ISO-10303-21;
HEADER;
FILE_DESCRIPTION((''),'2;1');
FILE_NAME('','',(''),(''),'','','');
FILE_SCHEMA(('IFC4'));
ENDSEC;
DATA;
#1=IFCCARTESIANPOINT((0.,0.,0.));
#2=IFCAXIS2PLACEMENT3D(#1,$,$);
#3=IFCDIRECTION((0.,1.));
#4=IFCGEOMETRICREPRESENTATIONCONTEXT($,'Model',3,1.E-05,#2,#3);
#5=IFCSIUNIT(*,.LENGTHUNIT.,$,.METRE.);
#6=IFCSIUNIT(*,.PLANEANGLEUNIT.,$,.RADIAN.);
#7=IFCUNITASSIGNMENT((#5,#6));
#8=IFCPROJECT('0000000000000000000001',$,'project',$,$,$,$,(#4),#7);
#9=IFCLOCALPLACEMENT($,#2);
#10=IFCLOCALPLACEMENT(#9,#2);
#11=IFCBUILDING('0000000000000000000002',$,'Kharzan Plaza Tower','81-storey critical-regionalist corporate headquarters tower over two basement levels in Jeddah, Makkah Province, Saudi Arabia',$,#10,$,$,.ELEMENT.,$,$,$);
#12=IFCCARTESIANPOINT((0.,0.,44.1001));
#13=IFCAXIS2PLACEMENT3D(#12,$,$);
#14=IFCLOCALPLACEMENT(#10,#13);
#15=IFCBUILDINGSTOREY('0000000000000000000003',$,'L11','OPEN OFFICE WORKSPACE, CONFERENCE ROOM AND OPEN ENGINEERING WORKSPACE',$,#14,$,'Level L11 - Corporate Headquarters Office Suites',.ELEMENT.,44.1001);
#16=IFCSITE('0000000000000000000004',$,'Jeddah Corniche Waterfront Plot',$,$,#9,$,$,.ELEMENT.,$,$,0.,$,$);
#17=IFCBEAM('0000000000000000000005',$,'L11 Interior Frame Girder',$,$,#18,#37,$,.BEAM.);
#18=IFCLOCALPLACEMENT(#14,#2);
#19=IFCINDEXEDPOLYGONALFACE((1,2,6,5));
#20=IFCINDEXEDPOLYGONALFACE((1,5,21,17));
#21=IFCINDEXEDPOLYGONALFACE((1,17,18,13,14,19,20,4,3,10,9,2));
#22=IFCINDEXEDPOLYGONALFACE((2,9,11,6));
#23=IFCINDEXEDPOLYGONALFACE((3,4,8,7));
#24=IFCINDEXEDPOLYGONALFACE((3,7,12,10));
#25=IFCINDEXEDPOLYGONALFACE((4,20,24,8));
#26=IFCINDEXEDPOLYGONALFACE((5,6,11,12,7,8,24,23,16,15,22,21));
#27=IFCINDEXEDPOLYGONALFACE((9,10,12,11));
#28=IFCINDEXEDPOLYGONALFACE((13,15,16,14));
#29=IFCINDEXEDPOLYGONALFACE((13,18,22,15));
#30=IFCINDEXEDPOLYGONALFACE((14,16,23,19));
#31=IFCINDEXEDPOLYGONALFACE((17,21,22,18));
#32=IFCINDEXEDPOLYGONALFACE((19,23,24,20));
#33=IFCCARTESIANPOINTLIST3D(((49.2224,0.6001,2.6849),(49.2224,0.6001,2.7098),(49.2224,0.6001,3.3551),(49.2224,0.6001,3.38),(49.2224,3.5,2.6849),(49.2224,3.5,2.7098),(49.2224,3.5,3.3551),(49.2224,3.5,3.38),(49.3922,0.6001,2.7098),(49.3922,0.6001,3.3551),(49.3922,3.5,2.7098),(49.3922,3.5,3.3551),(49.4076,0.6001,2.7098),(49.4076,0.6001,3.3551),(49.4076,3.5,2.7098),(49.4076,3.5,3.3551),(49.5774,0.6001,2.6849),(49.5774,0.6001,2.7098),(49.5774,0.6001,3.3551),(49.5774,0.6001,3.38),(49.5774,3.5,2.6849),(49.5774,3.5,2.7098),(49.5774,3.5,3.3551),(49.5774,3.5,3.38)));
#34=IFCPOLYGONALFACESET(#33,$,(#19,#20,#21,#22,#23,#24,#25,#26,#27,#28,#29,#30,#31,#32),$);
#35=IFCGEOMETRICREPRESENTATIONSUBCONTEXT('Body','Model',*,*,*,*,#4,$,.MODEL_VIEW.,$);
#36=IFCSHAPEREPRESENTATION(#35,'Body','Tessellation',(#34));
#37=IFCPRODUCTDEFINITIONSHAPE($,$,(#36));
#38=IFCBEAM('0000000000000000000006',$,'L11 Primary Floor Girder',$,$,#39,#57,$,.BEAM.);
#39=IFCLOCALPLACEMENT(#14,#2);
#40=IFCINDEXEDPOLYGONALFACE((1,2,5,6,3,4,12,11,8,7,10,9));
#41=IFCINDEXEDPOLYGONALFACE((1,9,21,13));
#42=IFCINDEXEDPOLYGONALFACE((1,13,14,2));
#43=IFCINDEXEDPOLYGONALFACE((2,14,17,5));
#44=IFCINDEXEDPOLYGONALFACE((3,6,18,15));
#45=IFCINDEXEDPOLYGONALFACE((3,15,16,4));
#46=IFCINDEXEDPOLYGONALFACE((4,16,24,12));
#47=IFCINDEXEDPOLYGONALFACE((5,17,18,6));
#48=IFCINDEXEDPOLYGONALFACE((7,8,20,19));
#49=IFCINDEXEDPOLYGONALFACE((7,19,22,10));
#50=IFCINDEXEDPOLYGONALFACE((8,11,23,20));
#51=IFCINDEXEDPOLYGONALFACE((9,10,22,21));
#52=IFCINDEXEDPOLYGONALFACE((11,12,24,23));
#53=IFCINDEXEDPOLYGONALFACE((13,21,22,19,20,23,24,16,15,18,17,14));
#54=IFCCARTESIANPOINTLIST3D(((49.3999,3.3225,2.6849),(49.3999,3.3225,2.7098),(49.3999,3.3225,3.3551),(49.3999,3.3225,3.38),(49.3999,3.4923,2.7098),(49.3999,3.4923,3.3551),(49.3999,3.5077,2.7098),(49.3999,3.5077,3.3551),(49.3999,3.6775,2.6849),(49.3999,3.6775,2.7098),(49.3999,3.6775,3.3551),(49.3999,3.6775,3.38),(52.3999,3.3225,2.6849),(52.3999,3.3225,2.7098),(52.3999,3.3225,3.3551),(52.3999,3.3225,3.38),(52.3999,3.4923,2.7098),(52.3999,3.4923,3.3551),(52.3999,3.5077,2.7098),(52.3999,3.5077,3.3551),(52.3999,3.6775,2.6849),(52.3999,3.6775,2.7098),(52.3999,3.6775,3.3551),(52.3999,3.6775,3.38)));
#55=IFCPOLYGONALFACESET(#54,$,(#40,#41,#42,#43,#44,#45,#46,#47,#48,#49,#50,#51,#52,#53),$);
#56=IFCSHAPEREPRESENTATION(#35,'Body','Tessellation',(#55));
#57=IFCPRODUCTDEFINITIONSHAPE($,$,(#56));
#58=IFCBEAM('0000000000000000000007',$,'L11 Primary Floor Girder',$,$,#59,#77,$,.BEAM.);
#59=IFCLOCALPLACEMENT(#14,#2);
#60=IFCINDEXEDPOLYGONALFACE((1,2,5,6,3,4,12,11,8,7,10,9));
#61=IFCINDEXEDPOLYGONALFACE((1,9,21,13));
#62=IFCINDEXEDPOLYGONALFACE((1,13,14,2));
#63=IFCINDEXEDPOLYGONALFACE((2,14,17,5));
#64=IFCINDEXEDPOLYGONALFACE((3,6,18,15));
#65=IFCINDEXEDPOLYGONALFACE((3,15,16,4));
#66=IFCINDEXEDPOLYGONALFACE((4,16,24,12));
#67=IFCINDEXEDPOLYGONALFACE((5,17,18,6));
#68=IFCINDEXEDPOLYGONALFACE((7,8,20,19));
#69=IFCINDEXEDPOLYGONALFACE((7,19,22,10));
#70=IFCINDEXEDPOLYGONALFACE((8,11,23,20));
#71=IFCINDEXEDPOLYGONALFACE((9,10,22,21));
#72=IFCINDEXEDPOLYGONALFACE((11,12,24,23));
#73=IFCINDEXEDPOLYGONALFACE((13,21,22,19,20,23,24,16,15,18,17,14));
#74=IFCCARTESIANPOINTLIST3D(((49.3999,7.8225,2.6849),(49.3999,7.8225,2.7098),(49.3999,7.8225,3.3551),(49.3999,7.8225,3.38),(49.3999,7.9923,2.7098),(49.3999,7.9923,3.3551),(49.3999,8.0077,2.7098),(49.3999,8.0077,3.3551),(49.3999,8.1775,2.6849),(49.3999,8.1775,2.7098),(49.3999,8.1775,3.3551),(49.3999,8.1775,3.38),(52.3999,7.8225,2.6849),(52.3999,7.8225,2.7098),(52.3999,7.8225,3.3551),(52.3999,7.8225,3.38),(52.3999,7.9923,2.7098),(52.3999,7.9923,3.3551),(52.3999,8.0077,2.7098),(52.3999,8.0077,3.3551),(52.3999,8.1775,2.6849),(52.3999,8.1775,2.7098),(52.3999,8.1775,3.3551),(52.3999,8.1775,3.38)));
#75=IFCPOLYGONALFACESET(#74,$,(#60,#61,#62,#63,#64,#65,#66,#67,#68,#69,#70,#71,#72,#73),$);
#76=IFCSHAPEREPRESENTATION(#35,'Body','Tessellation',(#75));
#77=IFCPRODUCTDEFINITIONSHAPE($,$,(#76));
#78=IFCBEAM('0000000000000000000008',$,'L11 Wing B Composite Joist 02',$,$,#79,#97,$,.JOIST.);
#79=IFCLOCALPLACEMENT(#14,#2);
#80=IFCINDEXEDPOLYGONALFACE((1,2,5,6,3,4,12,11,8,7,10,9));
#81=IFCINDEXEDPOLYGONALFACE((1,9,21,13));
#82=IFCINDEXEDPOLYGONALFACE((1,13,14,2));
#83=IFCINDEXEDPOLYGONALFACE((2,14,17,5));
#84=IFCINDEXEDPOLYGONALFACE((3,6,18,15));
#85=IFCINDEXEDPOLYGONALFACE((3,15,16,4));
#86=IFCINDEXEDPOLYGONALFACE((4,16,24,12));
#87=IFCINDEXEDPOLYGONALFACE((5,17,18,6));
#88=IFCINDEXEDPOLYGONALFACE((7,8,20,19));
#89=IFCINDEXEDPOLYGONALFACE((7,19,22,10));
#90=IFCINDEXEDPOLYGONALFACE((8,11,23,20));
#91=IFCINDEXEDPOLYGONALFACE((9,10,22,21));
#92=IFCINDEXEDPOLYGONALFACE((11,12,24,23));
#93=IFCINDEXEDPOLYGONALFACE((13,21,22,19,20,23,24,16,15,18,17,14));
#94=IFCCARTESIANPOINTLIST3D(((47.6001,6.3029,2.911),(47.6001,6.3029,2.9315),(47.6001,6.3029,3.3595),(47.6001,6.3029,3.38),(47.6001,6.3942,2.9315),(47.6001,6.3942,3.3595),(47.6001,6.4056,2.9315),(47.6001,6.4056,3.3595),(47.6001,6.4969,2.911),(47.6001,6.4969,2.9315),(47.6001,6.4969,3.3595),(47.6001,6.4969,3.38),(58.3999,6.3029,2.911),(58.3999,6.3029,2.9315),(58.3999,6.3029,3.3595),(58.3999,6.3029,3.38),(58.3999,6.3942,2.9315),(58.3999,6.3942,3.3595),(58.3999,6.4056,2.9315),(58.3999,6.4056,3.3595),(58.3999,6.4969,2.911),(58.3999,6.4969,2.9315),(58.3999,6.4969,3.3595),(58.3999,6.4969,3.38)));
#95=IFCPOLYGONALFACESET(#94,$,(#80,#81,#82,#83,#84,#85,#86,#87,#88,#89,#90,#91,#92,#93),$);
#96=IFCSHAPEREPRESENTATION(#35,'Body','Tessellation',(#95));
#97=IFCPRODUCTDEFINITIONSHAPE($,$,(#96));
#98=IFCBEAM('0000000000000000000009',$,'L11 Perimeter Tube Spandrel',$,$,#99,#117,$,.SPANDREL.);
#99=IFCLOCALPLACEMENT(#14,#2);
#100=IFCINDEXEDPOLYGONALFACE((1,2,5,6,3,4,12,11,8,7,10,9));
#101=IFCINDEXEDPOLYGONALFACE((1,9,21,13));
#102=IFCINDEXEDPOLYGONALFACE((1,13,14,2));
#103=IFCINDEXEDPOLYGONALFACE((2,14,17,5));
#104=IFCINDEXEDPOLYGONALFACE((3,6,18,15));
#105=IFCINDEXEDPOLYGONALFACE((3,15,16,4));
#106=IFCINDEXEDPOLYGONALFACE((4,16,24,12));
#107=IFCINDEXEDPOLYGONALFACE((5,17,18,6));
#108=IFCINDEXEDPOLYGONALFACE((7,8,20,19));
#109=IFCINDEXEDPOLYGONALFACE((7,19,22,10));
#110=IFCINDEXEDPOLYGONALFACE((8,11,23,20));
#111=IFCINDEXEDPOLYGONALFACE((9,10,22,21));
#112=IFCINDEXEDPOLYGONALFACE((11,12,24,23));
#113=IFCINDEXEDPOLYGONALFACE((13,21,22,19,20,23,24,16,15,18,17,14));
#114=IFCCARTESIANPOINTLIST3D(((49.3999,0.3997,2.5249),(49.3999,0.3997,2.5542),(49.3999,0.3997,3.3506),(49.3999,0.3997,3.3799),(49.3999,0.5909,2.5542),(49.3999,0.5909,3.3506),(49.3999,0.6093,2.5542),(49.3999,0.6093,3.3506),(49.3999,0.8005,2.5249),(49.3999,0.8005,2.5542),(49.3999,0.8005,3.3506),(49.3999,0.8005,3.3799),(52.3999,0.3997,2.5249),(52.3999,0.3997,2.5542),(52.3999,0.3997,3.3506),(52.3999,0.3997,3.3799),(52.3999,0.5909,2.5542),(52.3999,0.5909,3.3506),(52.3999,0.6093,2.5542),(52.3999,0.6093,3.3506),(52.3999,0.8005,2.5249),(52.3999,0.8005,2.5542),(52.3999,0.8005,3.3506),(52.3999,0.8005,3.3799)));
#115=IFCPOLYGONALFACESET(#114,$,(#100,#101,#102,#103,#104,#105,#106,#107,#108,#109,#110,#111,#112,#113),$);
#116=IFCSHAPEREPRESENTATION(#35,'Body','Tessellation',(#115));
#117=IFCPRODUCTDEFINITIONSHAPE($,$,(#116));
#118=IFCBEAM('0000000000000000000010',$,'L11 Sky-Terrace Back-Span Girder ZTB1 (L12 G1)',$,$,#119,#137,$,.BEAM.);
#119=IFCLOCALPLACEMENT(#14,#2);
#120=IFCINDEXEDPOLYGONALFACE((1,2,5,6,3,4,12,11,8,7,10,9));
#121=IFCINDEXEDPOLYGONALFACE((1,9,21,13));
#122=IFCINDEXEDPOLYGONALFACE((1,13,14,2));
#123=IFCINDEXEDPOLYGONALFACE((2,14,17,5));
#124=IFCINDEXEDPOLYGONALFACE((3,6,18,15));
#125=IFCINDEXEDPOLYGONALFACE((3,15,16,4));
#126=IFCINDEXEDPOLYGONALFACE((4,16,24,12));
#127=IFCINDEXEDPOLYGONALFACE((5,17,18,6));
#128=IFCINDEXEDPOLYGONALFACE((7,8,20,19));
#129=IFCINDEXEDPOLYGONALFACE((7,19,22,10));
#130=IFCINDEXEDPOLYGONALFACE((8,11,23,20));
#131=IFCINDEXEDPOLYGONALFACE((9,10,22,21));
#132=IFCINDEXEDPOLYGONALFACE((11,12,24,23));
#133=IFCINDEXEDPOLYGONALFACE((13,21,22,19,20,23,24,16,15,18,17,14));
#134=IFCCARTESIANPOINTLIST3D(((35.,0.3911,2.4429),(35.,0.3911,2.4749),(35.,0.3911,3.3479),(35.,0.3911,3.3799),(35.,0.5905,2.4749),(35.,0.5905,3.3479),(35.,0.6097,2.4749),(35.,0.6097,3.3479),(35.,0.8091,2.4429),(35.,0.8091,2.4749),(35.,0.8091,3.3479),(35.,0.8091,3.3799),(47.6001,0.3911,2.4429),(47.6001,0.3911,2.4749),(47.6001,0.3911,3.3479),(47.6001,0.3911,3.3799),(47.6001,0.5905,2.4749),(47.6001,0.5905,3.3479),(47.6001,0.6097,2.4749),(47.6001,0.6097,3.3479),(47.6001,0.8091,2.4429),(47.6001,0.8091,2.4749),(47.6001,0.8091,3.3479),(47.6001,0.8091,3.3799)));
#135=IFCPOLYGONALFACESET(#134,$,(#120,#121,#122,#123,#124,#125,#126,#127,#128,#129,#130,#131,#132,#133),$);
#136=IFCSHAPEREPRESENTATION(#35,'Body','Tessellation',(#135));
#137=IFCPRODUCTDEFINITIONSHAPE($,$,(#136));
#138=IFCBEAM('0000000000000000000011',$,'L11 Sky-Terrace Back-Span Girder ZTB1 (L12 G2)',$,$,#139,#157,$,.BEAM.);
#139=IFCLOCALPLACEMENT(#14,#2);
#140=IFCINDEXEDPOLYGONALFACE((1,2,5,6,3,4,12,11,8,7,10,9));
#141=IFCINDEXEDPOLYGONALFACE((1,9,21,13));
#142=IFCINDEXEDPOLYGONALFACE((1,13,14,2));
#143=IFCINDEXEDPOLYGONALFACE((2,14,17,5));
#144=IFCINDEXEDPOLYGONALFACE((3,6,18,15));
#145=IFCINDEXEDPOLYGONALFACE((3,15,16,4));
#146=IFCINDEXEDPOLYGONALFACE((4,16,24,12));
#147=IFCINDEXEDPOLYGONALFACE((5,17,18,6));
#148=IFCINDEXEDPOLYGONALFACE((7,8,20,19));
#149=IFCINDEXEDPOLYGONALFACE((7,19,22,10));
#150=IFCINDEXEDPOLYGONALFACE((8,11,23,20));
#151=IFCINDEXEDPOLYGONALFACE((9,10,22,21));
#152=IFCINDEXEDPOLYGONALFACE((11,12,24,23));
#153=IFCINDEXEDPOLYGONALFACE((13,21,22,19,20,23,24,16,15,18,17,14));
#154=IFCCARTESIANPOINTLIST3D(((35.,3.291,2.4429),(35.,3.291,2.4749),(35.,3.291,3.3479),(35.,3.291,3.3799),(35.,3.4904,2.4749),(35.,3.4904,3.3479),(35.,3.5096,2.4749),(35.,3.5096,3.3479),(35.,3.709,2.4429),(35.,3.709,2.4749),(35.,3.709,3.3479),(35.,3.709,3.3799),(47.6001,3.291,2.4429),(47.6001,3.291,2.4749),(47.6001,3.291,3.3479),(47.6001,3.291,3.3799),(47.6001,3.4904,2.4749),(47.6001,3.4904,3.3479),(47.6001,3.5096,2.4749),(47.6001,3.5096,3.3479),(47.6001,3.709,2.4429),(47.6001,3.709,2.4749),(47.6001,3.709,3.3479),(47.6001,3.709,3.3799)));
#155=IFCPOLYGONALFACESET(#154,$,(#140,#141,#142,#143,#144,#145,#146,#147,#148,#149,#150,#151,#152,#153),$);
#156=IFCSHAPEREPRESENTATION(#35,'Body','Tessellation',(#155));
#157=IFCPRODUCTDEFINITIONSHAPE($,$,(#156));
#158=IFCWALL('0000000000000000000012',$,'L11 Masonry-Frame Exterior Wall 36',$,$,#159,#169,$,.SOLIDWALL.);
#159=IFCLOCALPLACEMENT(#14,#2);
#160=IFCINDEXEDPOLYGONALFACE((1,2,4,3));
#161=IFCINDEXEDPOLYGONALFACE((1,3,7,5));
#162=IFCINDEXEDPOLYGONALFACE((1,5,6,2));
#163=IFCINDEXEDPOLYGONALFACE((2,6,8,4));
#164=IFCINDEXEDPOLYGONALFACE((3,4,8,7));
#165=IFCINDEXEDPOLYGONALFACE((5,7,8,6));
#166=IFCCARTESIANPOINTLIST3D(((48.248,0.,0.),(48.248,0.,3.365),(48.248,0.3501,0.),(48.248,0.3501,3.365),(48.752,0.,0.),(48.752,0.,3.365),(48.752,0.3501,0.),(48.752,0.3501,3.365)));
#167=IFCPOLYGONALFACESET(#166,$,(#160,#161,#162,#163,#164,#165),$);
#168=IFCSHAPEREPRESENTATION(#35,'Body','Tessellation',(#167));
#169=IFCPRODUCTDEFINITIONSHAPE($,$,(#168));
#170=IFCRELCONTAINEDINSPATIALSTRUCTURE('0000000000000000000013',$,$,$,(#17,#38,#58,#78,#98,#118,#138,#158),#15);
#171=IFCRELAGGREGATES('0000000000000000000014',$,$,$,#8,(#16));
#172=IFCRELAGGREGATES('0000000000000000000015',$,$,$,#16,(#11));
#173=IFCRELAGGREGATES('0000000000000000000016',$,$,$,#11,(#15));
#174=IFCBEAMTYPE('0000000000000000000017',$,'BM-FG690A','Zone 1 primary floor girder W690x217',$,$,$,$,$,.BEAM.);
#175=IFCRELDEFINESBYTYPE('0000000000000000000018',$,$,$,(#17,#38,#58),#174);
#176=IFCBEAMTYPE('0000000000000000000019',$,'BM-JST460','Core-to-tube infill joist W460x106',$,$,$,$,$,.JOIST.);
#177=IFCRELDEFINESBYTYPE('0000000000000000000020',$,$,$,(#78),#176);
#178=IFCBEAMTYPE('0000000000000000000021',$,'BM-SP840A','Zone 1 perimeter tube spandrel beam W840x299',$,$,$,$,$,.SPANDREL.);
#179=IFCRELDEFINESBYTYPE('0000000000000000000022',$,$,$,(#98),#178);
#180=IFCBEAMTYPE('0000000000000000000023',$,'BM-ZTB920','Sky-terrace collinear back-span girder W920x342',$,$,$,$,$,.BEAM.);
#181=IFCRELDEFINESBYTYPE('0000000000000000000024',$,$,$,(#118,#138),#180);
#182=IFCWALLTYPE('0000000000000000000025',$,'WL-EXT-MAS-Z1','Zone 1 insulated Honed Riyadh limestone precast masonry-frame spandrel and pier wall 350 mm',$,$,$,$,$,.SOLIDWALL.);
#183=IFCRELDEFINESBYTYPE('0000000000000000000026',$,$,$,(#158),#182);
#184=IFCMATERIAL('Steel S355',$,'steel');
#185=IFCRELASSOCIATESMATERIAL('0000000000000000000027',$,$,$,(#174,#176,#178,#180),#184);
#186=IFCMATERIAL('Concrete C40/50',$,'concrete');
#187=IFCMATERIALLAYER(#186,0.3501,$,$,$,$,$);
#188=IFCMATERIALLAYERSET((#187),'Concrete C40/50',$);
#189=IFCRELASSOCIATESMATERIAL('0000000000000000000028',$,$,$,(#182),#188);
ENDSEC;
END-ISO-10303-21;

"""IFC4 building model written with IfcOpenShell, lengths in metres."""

from ifc_helpers import new_model, si_unit, direction, frame, frame_2d, origin, origin_2d, place, context, subcontext, project, spatial, rectangle, i_section, extrude, source, transform, mapped, material, layer, layer_set, material_profile, profile_set, type_object, element, save


model = new_model("IFC4")

# Units and contexts
model_context = context("Model", 3, precision=1e-05, world=origin(), true_north=direction((0.0, 1.0)))
body_context = subcontext(model_context, "Body", "Model", "MODEL_VIEW")
ifc_project = project(units=[si_unit("LENGTHUNIT", "METRE"), si_unit("PLANEANGLEUNIT", "RADIAN")], contexts=[model_context])

# Site, building, storey
site_placement = place(None, origin())
site = spatial("IfcSite", under=ifc_project, at=site_placement, Name="Jeddah Corniche Waterfront Plot", CompositionType="ELEMENT", RefElevation=0.0)
building_placement = place(site_placement, origin())
building = spatial("IfcBuilding", under=site, at=building_placement, Name="Kharzan Plaza Tower", Description="81-storey critical-regionalist corporate headquarters tower over two basement levels in Jeddah, Makkah Province, Saudi Arabia", CompositionType="ELEMENT")
storey_placement = place(building_placement, frame((0.0, 0.0, 44.1001)))
storey = spatial("IfcBuildingStorey", under=building, at=storey_placement, Name="L11", Description="OPEN OFFICE WORKSPACE, CONFERENCE ROOM AND OPEN ENGINEERING WORKSPACE", LongName="Level L11 - Corporate Headquarters Office Suites", CompositionType="ELEMENT", Elevation=44.1001)

# Beams
ifc_material_1 = material(Name="Steel S355", Category="steel")
ifc_material_profile_1 = material_profile(ifc_material_1, i_section(OverallWidth=0.355, OverallDepth=0.6951, WebThickness=0.0154, FlangeThickness=0.0249, at=origin_2d()), Name="W690x217")
ifc_profile_set_1 = profile_set([ifc_material_profile_1], Name="Steel S355")
beam_type_1 = type_object("IfcBeamType", Name="BM-FG690A", Description="Zone 1 primary floor girder W690x217", PredefinedType="BEAM", material=ifc_profile_set_1)
shared_shape_1 = source(origin(), body_context, "Body", "SweptSolid", [
    extrude(i_section(OverallWidth=0.355, OverallDepth=0.6951, WebThickness=0.0154, FlangeThickness=0.0249, at=origin_2d()), origin(), (0.0, 0.0, 1.0), 2.8999),
])
for number, where, z_axis, x_axis, name in (
    (1, (49.3999, 0.6001, 3.0325), (0.0, 1.0, 0.0), (-1.0, 0.0, 0.0), "L11 Interior Frame Girder"),
):
    element("IfcBeam", number, at=place(storey_placement, frame(where, z_axis=z_axis, x_axis=x_axis)), inside=storey, type_object=beam_type_1, Name=name, PredefinedType="BEAM", context=body_context, shape_type="MappedRepresentation", body=[
        mapped(shared_shape_1, transform((0.0, 0.0, 0.0), x_axis=(1.0, 0.0, 0.0), y_axis=(0.0, 1.0, 0.0), z_axis=(0.0, 0.0, 1.0))),
    ])
shared_shape_2 = source(origin(), body_context, "Body", "SweptSolid", [
    extrude(i_section(OverallWidth=0.355, OverallDepth=0.6951, WebThickness=0.0154, FlangeThickness=0.0249, at=origin_2d()), origin(), (0.0, 0.0, 1.0), 3.0),
])
for number, where, z_axis, x_axis, name in (
    (2, (49.3999, 3.5, 3.0325), (1.0, 0.0, 0.0), (0.0, 1.0, 0.0), "L11 Primary Floor Girder"),
    (3, (49.3999, 8.0, 3.0325), (1.0, 0.0, 0.0), (0.0, 1.0, 0.0), "L11 Primary Floor Girder"),
):
    element("IfcBeam", number, at=place(storey_placement, frame(where, z_axis=z_axis, x_axis=x_axis)), inside=storey, type_object=beam_type_1, Name=name, PredefinedType="BEAM", context=body_context, shape_type="MappedRepresentation", body=[
        mapped(shared_shape_2, transform((0.0, 0.0, 0.0), x_axis=(1.0, 0.0, 0.0), y_axis=(0.0, 1.0, 0.0), z_axis=(0.0, 0.0, 1.0))),
    ])
ifc_material_profile_2 = material_profile(ifc_material_1, i_section(OverallWidth=0.1941, OverallDepth=0.469, WebThickness=0.0115, FlangeThickness=0.0205, at=origin_2d()), Name="W460x106")
ifc_profile_set_2 = profile_set([ifc_material_profile_2], Name="Steel S355")
beam_type_2 = type_object("IfcBeamType", Name="BM-JST460", Description="Core-to-tube infill joist W460x106", PredefinedType="JOIST", material=ifc_profile_set_2)
shared_shape_3 = source(origin(), body_context, "Body", "SweptSolid", [
    extrude(i_section(OverallWidth=0.1941, OverallDepth=0.469, WebThickness=0.0115, FlangeThickness=0.0205, at=origin_2d()), origin(), (0.0, 0.0, 1.0), 10.7998),
])
beam_1_placement = place(storey_placement, frame((47.6001, 6.3999, 3.1455), z_axis=(1.0, 0.0, 0.0), x_axis=(0.0, 1.0, 0.0)))
element("IfcBeam", 4, at=beam_1_placement, inside=storey, type_object=beam_type_2, Name="L11 Wing B Composite Joist 02", PredefinedType="JOIST", context=body_context, shape_type="MappedRepresentation", body=[
    mapped(shared_shape_3, transform((0.0, 0.0, 0.0), x_axis=(1.0, 0.0, 0.0), y_axis=(0.0, 1.0, 0.0), z_axis=(0.0, 0.0, 1.0))),
])
ifc_material_profile_3 = material_profile(ifc_material_1, i_section(OverallWidth=0.4009, OverallDepth=0.855, WebThickness=0.0183, FlangeThickness=0.0293, at=origin_2d()), Name="W840x299")
ifc_profile_set_3 = profile_set([ifc_material_profile_3], Name="Steel S355")
beam_type_3 = type_object("IfcBeamType", Name="BM-SP840A", Description="Zone 1 perimeter tube spandrel beam W840x299", PredefinedType="SPANDREL", material=ifc_profile_set_3)
shared_shape_4 = source(origin(), body_context, "Body", "SweptSolid", [
    extrude(i_section(OverallWidth=0.4009, OverallDepth=0.855, WebThickness=0.0183, FlangeThickness=0.0293, at=origin_2d()), origin(), (0.0, 0.0, 1.0), 3.0),
])
beam_2_placement = place(storey_placement, frame((49.3999, 0.6001, 2.9524), z_axis=(1.0, 0.0, 0.0), x_axis=(0.0, 1.0, 0.0)))
element("IfcBeam", 5, at=beam_2_placement, inside=storey, type_object=beam_type_3, Name="L11 Perimeter Tube Spandrel", PredefinedType="SPANDREL", context=body_context, shape_type="MappedRepresentation", body=[
    mapped(shared_shape_4, transform((0.0, 0.0, 0.0), x_axis=(1.0, 0.0, 0.0), y_axis=(0.0, 1.0, 0.0), z_axis=(0.0, 0.0, 1.0))),
])
ifc_material_profile_4 = material_profile(ifc_material_1, i_section(OverallWidth=0.418, OverallDepth=0.937, WebThickness=0.0193, FlangeThickness=0.032, at=origin_2d()), Name="W920x342")
ifc_profile_set_4 = profile_set([ifc_material_profile_4], Name="Steel S355")
beam_type_4 = type_object("IfcBeamType", Name="BM-ZTB920", Description="Sky-terrace collinear back-span girder W920x342", PredefinedType="BEAM", material=ifc_profile_set_4)
shared_shape_5 = source(origin(), body_context, "Body", "SweptSolid", [
    extrude(i_section(OverallWidth=0.418, OverallDepth=0.937, WebThickness=0.0193, FlangeThickness=0.032, at=origin_2d()), origin(), (0.0, 0.0, 1.0), 12.6001),
])
for number, where, z_axis, x_axis, name in (
    (6, (47.6001, 0.6001, 2.9114), (-1.0, 0.0, 0.0), (0.0, -1.0, 0.0), "L11 Sky-Terrace Back-Span Girder ZTB1 (L12 G1)"),
    (7, (47.6001, 3.5, 2.9114), (-1.0, 0.0, 0.0), (0.0, -1.0, 0.0), "L11 Sky-Terrace Back-Span Girder ZTB1 (L12 G2)"),
):
    element("IfcBeam", number, at=place(storey_placement, frame(where, z_axis=z_axis, x_axis=x_axis)), inside=storey, type_object=beam_type_4, Name=name, PredefinedType="BEAM", context=body_context, shape_type="MappedRepresentation", body=[
        mapped(shared_shape_5, transform((0.0, 0.0, 0.0), x_axis=(1.0, 0.0, 0.0), y_axis=(0.0, 1.0, 0.0), z_axis=(0.0, 0.0, 1.0))),
    ])

# Wall
ifc_material_2 = material(Name="Concrete C40/50", Category="concrete")
ifc_layer_1 = layer(ifc_material_2, 0.3501)
ifc_layer_set_1 = layer_set([ifc_layer_1], Name="Concrete C40/50")
wall_type_1 = type_object("IfcWallType", Name="WL-EXT-MAS-Z1", Description="Zone 1 insulated Honed Riyadh limestone precast masonry-frame spandrel and pier wall 350 mm", PredefinedType="SOLIDWALL", material=ifc_layer_set_1)
shared_shape_6 = source(origin(), body_context, "Body", "SweptSolid", [
    extrude(rectangle(XDim=0.5039, YDim=0.3501, at=frame_2d((0.252, 0.0))), origin(), (0.0, 0.0, 1.0), 3.365),
])
wall_1_placement = place(storey_placement, frame((48.248, 0.175, 0.0), z_axis=(0.0, 0.0, 1.0), x_axis=(1.0, 0.0, 0.0)))
element("IfcWall", 8, at=wall_1_placement, inside=storey, type_object=wall_type_1, Name="L11 Masonry-Frame Exterior Wall 36", PredefinedType="SOLIDWALL", context=body_context, shape_type="MappedRepresentation", body=[
    mapped(shared_shape_6, transform((0.0, 0.0, 0.0), x_axis=(1.0, 0.0, 0.0), y_axis=(0.0, 1.0, 0.0), z_axis=(0.0, 0.0, 1.0))),
])

save(model, "model.ifc")
